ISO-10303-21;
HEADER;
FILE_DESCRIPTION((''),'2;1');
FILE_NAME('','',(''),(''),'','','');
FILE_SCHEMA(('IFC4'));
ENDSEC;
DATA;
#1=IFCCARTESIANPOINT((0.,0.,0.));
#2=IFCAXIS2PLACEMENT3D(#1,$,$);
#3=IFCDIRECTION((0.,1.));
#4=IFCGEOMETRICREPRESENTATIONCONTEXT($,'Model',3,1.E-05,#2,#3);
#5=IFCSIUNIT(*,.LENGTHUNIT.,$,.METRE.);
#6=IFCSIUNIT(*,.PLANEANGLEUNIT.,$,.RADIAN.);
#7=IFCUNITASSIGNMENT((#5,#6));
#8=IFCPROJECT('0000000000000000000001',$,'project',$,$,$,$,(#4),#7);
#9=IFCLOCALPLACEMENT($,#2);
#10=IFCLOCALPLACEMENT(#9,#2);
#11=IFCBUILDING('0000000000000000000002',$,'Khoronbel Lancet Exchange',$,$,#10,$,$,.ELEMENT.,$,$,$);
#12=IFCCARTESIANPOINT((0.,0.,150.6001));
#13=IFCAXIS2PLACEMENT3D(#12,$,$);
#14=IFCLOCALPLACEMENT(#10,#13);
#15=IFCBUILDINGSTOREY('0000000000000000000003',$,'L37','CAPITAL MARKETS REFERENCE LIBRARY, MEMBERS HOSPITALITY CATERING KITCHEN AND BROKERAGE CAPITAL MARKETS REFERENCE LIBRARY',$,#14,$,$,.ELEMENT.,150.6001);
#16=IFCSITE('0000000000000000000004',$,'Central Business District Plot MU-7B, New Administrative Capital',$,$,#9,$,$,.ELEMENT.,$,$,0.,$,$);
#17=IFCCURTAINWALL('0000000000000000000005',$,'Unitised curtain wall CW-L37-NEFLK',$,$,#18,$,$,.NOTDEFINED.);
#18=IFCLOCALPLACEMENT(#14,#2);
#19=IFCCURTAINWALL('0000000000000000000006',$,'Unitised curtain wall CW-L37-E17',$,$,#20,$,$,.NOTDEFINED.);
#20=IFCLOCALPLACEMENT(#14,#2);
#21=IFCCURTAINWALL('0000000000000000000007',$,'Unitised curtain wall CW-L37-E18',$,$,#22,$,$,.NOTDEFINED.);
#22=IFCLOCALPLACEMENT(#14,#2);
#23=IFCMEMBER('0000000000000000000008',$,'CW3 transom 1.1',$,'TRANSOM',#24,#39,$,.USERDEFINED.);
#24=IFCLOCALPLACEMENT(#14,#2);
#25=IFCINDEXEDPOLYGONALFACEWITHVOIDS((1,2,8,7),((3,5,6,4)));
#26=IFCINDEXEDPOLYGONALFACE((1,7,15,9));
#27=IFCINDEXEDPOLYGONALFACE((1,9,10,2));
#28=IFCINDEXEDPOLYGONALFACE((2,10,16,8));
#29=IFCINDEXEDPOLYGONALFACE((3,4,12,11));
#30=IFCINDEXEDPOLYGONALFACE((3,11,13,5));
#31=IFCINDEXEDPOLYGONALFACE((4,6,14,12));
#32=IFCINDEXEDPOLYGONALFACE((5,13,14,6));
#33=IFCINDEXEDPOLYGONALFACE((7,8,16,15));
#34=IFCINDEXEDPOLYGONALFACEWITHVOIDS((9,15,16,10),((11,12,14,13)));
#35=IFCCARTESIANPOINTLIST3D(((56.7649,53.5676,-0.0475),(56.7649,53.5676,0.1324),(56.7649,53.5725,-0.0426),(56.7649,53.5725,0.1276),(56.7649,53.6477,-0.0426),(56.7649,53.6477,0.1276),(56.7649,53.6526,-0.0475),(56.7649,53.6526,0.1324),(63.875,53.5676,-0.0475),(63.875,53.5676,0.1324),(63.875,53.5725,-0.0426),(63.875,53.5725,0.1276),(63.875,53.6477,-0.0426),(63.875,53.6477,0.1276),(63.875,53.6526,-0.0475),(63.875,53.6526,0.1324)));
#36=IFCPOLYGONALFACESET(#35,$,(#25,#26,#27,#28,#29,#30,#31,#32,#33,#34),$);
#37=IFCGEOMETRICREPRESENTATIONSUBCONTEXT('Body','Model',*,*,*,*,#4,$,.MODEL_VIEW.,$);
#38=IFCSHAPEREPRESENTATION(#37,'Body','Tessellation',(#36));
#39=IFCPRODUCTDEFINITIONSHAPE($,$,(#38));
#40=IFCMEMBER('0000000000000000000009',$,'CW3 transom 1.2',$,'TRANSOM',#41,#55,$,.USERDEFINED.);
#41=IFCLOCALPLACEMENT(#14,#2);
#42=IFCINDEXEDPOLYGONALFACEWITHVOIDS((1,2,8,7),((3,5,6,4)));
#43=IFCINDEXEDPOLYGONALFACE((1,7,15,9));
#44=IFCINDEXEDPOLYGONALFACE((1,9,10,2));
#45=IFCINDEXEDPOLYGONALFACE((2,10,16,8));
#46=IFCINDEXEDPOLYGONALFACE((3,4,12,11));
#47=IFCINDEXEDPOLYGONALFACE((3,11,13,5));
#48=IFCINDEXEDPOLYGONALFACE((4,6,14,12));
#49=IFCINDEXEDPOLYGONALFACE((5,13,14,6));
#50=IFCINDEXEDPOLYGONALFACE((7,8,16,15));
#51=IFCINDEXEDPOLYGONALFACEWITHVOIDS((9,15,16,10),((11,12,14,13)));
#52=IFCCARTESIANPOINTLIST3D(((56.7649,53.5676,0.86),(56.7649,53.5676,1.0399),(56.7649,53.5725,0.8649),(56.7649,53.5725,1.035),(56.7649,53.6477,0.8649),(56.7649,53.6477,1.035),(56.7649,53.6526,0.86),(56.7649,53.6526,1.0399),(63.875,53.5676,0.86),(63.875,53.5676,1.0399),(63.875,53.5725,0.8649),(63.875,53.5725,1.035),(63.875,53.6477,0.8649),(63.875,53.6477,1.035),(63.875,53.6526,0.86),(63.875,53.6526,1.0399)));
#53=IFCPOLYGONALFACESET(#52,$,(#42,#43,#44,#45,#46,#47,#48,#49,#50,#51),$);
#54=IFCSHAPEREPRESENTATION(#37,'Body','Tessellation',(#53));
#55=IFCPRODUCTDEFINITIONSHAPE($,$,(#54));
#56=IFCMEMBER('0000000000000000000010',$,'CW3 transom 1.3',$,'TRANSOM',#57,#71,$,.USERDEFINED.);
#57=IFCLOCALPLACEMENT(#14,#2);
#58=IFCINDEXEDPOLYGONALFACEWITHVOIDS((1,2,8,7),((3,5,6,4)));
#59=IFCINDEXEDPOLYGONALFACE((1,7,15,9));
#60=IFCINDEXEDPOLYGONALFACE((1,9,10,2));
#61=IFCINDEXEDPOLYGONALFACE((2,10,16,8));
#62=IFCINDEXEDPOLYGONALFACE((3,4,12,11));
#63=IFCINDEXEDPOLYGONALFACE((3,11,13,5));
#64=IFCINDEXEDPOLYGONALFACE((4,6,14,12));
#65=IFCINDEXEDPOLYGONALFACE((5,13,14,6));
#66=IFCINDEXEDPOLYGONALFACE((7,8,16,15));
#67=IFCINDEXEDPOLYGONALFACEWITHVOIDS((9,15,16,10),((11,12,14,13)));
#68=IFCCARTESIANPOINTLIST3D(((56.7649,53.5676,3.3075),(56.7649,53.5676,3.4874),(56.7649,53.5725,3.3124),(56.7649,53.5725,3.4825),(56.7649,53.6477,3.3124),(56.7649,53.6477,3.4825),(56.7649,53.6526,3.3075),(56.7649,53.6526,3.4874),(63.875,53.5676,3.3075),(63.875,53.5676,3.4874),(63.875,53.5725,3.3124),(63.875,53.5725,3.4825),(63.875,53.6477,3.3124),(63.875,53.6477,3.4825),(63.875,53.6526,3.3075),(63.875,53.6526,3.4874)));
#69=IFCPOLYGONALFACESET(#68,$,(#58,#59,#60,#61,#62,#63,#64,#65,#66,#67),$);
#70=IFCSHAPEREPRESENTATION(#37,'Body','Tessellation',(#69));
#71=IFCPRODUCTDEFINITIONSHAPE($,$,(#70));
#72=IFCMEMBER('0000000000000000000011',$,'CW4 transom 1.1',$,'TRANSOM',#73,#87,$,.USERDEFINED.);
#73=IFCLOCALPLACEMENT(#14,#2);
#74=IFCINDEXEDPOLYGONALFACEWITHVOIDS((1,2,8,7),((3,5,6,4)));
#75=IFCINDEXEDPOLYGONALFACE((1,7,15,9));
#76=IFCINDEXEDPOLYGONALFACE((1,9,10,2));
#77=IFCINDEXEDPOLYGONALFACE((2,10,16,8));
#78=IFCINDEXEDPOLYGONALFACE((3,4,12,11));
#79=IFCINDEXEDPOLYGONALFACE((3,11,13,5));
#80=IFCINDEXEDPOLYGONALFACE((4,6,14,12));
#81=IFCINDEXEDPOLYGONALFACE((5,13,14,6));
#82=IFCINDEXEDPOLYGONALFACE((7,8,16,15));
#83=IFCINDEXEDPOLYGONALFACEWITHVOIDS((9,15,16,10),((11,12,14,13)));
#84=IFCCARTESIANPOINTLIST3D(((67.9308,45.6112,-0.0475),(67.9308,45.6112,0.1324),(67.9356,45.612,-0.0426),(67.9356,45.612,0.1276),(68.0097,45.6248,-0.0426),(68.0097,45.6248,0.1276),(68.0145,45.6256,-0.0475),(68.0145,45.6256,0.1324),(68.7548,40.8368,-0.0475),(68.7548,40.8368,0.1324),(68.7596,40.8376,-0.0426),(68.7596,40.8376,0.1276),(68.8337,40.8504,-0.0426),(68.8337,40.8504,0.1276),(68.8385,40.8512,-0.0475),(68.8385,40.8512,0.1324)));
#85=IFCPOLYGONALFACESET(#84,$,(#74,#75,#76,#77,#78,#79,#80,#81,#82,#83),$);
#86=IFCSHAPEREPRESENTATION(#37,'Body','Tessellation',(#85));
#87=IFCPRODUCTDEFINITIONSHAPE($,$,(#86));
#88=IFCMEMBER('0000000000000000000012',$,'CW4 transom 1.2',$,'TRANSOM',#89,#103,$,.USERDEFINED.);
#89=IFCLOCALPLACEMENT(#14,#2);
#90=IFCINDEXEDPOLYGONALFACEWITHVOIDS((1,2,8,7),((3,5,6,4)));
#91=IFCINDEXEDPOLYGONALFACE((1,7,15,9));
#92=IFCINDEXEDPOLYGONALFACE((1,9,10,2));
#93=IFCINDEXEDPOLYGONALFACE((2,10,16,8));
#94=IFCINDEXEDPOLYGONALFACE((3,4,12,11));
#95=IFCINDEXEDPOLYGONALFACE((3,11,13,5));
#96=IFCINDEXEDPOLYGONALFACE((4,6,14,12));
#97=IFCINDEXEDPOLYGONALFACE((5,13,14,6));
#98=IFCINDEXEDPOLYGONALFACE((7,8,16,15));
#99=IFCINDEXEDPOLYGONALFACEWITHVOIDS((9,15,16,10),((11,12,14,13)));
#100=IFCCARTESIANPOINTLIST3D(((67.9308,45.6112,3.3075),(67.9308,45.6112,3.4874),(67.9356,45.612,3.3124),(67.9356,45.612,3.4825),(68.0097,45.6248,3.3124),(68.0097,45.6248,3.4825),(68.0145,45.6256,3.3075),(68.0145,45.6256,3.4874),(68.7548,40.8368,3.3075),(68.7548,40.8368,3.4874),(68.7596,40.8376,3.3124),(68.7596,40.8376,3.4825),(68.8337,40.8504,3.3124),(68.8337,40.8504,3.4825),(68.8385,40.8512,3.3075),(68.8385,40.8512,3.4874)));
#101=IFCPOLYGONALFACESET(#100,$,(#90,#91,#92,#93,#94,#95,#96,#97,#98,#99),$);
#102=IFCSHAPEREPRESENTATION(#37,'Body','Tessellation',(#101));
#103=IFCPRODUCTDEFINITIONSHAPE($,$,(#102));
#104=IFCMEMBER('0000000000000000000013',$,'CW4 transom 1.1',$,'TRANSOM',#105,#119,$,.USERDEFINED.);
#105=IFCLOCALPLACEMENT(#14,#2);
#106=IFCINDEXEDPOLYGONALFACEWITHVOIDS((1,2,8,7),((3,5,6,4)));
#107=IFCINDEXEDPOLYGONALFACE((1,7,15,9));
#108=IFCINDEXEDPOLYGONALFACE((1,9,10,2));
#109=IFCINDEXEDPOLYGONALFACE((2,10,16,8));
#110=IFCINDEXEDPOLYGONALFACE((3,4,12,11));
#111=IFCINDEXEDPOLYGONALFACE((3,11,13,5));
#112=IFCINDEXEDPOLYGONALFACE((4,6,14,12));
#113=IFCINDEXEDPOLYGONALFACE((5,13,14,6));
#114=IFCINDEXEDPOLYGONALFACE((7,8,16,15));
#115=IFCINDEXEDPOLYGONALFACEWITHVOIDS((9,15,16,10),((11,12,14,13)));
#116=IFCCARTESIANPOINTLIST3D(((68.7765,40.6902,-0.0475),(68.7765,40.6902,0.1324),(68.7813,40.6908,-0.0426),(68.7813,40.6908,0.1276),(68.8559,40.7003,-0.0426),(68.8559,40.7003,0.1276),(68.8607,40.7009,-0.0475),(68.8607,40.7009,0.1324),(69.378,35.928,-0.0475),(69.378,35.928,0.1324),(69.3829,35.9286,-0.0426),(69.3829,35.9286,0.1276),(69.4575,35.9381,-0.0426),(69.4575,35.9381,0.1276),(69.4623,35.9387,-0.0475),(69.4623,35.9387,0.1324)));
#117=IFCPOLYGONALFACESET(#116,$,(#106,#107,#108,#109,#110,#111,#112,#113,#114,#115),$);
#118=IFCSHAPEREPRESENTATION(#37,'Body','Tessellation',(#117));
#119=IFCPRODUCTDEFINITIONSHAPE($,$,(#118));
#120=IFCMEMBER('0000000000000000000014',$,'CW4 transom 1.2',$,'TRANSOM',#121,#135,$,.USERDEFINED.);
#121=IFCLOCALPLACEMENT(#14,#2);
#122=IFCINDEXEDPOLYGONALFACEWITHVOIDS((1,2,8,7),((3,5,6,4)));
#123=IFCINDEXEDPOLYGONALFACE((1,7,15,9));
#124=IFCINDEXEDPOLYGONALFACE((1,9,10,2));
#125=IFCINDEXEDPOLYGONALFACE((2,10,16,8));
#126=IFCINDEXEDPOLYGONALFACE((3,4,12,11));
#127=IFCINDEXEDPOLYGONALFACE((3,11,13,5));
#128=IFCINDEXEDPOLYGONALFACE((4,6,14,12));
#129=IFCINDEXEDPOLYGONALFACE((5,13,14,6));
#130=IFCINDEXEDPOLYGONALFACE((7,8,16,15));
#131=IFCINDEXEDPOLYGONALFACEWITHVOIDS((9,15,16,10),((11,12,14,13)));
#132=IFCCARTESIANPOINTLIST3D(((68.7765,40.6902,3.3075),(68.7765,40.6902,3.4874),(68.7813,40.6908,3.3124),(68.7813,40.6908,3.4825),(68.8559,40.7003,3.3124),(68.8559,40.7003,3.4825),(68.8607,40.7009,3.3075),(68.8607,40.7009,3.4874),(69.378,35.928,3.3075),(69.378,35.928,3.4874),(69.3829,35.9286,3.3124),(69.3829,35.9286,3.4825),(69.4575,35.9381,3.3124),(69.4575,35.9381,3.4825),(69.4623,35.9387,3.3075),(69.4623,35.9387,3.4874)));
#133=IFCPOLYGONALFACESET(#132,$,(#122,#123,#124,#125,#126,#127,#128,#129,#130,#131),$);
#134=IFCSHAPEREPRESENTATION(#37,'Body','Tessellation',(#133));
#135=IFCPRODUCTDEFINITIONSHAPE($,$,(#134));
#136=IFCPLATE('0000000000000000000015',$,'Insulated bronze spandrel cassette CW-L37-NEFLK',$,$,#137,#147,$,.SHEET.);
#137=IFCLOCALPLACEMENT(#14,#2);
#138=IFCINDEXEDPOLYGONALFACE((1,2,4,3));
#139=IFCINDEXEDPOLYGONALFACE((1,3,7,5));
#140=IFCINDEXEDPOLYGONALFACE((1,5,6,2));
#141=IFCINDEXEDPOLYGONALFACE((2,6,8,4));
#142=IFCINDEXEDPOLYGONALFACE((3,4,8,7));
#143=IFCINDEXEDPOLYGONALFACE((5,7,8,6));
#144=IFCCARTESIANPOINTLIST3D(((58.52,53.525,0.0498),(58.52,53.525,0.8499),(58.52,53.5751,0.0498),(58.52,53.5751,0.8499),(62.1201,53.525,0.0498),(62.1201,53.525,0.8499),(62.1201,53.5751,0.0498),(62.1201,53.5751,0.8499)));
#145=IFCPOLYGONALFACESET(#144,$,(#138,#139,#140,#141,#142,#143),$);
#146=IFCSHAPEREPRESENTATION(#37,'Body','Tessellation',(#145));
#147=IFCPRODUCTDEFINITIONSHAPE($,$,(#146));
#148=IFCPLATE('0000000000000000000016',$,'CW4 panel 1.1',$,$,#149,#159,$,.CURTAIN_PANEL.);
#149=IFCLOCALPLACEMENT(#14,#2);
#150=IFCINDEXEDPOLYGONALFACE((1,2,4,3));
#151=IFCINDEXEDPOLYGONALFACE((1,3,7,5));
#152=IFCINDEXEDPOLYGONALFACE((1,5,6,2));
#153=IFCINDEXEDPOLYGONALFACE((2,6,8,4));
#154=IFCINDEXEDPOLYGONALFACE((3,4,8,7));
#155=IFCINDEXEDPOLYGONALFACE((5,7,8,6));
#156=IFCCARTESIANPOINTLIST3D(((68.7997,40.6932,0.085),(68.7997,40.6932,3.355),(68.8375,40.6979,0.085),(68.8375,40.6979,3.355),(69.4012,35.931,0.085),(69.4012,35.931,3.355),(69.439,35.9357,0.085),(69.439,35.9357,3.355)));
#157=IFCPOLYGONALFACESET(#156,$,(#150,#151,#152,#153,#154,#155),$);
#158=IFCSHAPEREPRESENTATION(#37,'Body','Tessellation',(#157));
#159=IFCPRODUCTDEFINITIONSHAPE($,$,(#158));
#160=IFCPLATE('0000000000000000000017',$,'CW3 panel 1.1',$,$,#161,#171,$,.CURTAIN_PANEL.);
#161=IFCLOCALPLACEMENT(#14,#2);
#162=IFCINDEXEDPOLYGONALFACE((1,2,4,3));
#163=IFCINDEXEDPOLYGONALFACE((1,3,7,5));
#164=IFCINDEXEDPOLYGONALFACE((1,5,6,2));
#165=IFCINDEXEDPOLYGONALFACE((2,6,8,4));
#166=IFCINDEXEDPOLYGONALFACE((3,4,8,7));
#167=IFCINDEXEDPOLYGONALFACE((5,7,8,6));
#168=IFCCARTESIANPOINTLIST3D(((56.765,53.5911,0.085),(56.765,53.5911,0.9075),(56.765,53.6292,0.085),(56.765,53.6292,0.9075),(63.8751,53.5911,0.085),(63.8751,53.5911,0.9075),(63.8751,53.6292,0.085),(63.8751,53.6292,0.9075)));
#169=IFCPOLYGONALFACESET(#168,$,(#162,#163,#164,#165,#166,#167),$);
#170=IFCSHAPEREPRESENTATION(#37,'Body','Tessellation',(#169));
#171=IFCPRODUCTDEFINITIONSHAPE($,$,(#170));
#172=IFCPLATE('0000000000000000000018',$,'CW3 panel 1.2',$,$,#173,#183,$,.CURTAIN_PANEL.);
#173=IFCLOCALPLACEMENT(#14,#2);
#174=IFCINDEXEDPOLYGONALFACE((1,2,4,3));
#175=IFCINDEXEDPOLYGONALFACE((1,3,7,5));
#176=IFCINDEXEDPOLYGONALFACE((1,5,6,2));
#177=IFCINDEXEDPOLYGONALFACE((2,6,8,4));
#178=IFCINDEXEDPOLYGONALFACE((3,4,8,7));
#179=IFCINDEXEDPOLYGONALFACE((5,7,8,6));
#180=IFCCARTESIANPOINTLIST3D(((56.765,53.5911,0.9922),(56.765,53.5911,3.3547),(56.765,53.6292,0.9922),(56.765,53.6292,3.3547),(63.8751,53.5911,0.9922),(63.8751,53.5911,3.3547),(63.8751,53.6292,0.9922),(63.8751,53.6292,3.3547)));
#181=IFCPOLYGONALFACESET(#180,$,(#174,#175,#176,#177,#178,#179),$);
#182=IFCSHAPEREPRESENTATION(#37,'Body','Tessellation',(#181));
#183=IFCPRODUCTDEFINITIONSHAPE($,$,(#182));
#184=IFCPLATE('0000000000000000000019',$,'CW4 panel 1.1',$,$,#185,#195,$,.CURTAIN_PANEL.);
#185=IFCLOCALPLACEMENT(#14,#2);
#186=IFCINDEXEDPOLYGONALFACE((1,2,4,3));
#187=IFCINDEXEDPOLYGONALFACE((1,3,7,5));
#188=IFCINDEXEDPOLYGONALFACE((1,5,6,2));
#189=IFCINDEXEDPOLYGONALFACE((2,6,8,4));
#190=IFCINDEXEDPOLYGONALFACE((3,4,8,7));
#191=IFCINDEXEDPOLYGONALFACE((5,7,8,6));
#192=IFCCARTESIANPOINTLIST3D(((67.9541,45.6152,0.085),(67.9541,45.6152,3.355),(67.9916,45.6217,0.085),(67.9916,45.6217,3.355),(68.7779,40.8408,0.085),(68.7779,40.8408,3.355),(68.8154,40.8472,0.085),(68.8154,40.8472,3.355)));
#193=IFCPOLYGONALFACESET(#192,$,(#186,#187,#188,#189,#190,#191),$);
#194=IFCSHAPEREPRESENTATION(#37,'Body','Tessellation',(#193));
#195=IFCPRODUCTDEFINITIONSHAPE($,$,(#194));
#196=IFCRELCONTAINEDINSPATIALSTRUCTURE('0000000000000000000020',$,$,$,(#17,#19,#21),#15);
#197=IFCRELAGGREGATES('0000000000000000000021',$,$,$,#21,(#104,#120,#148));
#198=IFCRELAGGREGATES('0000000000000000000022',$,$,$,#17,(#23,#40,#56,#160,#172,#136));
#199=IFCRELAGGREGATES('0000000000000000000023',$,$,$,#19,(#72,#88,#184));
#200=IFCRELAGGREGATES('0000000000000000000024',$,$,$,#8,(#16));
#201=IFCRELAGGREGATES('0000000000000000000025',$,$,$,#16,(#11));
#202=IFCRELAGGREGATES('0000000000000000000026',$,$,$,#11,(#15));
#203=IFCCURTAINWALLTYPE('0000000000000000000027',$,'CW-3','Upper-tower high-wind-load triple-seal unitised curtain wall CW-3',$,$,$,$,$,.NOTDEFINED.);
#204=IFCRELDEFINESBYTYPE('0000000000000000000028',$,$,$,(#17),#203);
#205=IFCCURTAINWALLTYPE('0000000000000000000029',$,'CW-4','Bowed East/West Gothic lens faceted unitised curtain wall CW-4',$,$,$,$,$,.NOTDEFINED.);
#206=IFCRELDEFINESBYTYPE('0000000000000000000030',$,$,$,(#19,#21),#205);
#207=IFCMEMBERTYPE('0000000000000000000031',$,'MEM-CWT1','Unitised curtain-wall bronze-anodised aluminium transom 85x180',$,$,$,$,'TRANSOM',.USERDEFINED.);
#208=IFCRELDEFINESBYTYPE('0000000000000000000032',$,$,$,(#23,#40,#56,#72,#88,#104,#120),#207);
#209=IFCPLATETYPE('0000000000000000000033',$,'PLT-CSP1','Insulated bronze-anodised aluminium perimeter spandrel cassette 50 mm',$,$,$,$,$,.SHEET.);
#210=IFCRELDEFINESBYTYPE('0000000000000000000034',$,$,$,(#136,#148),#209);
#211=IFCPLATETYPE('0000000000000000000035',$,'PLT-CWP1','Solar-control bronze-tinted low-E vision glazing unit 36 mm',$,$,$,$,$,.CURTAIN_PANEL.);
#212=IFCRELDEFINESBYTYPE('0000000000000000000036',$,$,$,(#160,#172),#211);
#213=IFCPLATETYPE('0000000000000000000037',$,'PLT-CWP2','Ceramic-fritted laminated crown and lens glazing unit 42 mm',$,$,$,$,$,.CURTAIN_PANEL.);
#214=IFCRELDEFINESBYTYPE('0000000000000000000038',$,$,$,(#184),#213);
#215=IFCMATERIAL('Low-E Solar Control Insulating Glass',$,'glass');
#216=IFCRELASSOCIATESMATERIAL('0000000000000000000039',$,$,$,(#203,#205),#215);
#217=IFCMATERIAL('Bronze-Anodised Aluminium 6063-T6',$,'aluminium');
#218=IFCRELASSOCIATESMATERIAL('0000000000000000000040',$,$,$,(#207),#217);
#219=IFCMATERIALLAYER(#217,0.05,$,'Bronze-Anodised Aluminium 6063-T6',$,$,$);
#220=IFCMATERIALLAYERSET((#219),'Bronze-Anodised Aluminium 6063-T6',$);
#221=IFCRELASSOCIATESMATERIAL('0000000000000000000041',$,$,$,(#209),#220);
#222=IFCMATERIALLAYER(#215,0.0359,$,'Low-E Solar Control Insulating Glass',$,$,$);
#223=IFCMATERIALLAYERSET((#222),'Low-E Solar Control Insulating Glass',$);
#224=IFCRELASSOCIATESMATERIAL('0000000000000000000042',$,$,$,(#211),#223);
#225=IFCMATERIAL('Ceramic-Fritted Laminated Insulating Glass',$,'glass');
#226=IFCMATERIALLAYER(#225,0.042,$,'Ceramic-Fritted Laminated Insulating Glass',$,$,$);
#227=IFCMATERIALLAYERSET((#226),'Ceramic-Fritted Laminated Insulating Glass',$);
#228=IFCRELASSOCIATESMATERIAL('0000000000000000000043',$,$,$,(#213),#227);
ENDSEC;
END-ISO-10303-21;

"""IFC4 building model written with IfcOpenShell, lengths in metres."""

from ifc_helpers import new_model, si_unit, direction, frame, origin, origin_2d, place, context, subcontext, project, spatial, rectangle, hollow_rectangle, extrude, material, layer, layer_set, material_profile, profile_set, type_object, element, aggregate, save


model = new_model("IFC4")

# Units and contexts
model_context = context("Model", 3, precision=1e-05, world=origin(), true_north=direction((0.0, 1.0)))
body_context = subcontext(model_context, "Body", "Model", "MODEL_VIEW")
ifc_project = project(units=[si_unit("LENGTHUNIT", "METRE"), si_unit("PLANEANGLEUNIT", "RADIAN")], contexts=[model_context])

# Site, building, storey
site_placement = place(None, origin())
site = spatial("IfcSite", under=ifc_project, at=site_placement, Name="Central Business District Plot MU-7B, New Administrative Capital", CompositionType="ELEMENT", RefElevation=0.0)
building_placement = place(site_placement, origin())
building = spatial("IfcBuilding", under=site, at=building_placement, Name="Khoronbel Lancet Exchange", CompositionType="ELEMENT")
storey_placement = place(building_placement, frame((0.0, 0.0, 150.6001)))
storey = spatial("IfcBuildingStorey", under=building, at=storey_placement, Name="L37", Description="CAPITAL MARKETS REFERENCE LIBRARY, MEMBERS HOSPITALITY CATERING KITCHEN AND BROKERAGE CAPITAL MARKETS REFERENCE LIBRARY", CompositionType="ELEMENT", Elevation=150.6001)

# Curtain walls
ifc_material_1 = material(Name="Low-E Solar Control Insulating Glass", Category="glass")
curtain_wall_type_1 = type_object("IfcCurtainWallType", Name="CW-3", Description="Upper-tower high-wind-load triple-seal unitised curtain wall CW-3", PredefinedType="NOTDEFINED", material=ifc_material_1)
curtain_wall_1_placement = place(storey_placement, origin())
curtain_wall_1 = element("IfcCurtainWall", 1, at=curtain_wall_1_placement, inside=storey, type_object=curtain_wall_type_1, Name="Unitised curtain wall CW-L37-NEFLK", PredefinedType="NOTDEFINED")
ifc_material_2 = material(Name="Bronze-Anodised Aluminium 6063-T6", Category="aluminium")
curtain_wall_type_2 = type_object("IfcCurtainWallType", Name="CW-4", Description="Bowed East/West Gothic lens faceted unitised curtain wall CW-4", PredefinedType="NOTDEFINED", material=ifc_material_1)
curtain_wall_2_placement = place(storey_placement, origin())
curtain_wall_2 = element("IfcCurtainWall", 2, at=curtain_wall_2_placement, inside=storey, type_object=curtain_wall_type_2, Name="Unitised curtain wall CW-L37-E17", PredefinedType="NOTDEFINED")

# Curtain wall
curtain_wall_3_placement = place(storey_placement, origin())
curtain_wall_3 = element("IfcCurtainWall", 3, at=curtain_wall_3_placement, inside=storey, type_object=curtain_wall_type_2, Name="Unitised curtain wall CW-L37-E18", PredefinedType="NOTDEFINED")

# Members
ifc_material_profile_1 = material_profile(ifc_material_2, hollow_rectangle(XDim=0.085, YDim=0.1799, WallThickness=0.0049, at=origin_2d()), Name="ALU TRANSOM 85x180")
ifc_profile_set_1 = profile_set([ifc_material_profile_1], Name="Bronze-Anodised Aluminium 6063-T6")
member_type_1 = type_object("IfcMemberType", Name="MEM-CWT1", Description="Unitised curtain-wall bronze-anodised aluminium transom 85x180", ElementType="TRANSOM", PredefinedType="USERDEFINED", material=ifc_profile_set_1)
member_1_placement = place(storey_placement, frame((63.875, 53.6101, 0.0425), z_axis=(-1.0, 0.0, 0.0), x_axis=(0.0, -1.0, 0.0)))
member_1 = element("IfcMember", 4, at=member_1_placement, type_object=member_type_1, Name="CW3 transom 1.1", ObjectType="TRANSOM", PredefinedType="USERDEFINED", context=body_context, shape_type="SweptSolid", body=[
    extrude(hollow_rectangle(XDim=0.085, YDim=0.1799, WallThickness=0.0049, at=origin_2d()), origin(), (0.0, 0.0, 1.0), 7.1101),
])
member_2_placement = place(storey_placement, frame((63.875, 53.6101, 0.95), z_axis=(-1.0, 0.0, 0.0), x_axis=(0.0, -1.0, 0.0)))
member_2 = element("IfcMember", 5, at=member_2_placement, type_object=member_type_1, Name="CW3 transom 1.2", ObjectType="TRANSOM", PredefinedType="USERDEFINED", context=body_context, shape_type="SweptSolid", body=[
    extrude(hollow_rectangle(XDim=0.085, YDim=0.1799, WallThickness=0.0049, at=origin_2d()), origin(), (0.0, 0.0, 1.0), 7.1101),
])
member_3_placement = place(storey_placement, frame((63.875, 53.6101, 3.3975), z_axis=(-1.0, 0.0, 0.0), x_axis=(0.0, -1.0, 0.0)))
member_3 = element("IfcMember", 6, at=member_3_placement, type_object=member_type_1, Name="CW3 transom 1.3", ObjectType="TRANSOM", PredefinedType="USERDEFINED", context=body_context, shape_type="SweptSolid", body=[
    extrude(hollow_rectangle(XDim=0.085, YDim=0.1799, WallThickness=0.0049, at=origin_2d()), origin(), (0.0, 0.0, 1.0), 7.1101),
])
member_4_placement = place(storey_placement, frame((67.9727, 45.6184, 0.0425), z_axis=(0.170067, -0.985432, 0.0), x_axis=(0.985432, 0.170067, 0.0)))
member_4 = element("IfcMember", 7, at=member_4_placement, type_object=member_type_1, Name="CW4 transom 1.1", ObjectType="TRANSOM", PredefinedType="USERDEFINED", context=body_context, shape_type="SweptSolid", body=[
    extrude(hollow_rectangle(XDim=0.085, YDim=0.1799, WallThickness=0.0049, at=origin_2d()), origin(), (0.0, 0.0, 1.0), 4.845),
])
member_5_placement = place(storey_placement, frame((67.9727, 45.6184, 3.3975), z_axis=(0.170067, -0.985432, 0.0), x_axis=(0.985432, 0.170067, 0.0)))
member_5 = element("IfcMember", 8, at=member_5_placement, type_object=member_type_1, Name="CW4 transom 1.2", ObjectType="TRANSOM", PredefinedType="USERDEFINED", context=body_context, shape_type="SweptSolid", body=[
    extrude(hollow_rectangle(XDim=0.085, YDim=0.1799, WallThickness=0.0049, at=origin_2d()), origin(), (0.0, 0.0, 1.0), 4.845),
])
member_6_placement = place(storey_placement, frame((68.8186, 40.6956, 0.0425), z_axis=(0.125324, -0.992116, 0.0), x_axis=(0.992116, 0.125324, 0.0)))
member_6 = element("IfcMember", 9, at=member_6_placement, type_object=member_type_1, Name="CW4 transom 1.1", ObjectType="TRANSOM", PredefinedType="USERDEFINED", context=body_context, shape_type="SweptSolid", body=[
    extrude(hollow_rectangle(XDim=0.085, YDim=0.1799, WallThickness=0.0049, at=origin_2d()), origin(), (0.0, 0.0, 1.0), 4.8),
])
member_7_placement = place(storey_placement, frame((68.8186, 40.6956, 3.3975), z_axis=(0.125324, -0.992116, 0.0), x_axis=(0.992116, 0.125324, 0.0)))
member_7 = element("IfcMember", 10, at=member_7_placement, type_object=member_type_1, Name="CW4 transom 1.2", ObjectType="TRANSOM", PredefinedType="USERDEFINED", context=body_context, shape_type="SweptSolid", body=[
    extrude(hollow_rectangle(XDim=0.085, YDim=0.1799, WallThickness=0.0049, at=origin_2d()), origin(), (0.0, 0.0, 1.0), 4.8),
])

# Plates
ifc_layer_1 = layer(ifc_material_2, 0.05, Name="Bronze-Anodised Aluminium 6063-T6")
ifc_layer_set_1 = layer_set([ifc_layer_1], Name="Bronze-Anodised Aluminium 6063-T6")
plate_type_1 = type_object("IfcPlateType", Name="PLT-CSP1", Description="Insulated bronze-anodised aluminium perimeter spandrel cassette 50 mm", PredefinedType="SHEET", material=ifc_layer_set_1)
plate_1_placement = place(storey_placement, frame((60.3201, 53.55, 0.0498), z_axis=(0.0, 0.0, 1.0), x_axis=(-1.0, 0.0, 0.0)))
plate_1 = element("IfcPlate", 11, at=plate_1_placement, type_object=plate_type_1, Name="Insulated bronze spandrel cassette CW-L37-NEFLK", PredefinedType="SHEET", context=body_context, shape_type="SweptSolid", body=[
    extrude(rectangle(XDim=3.6001, YDim=0.05, at=origin_2d()), origin(), (0.0, 0.0, 1.0), 0.8),
])
plate_2_placement = place(storey_placement, frame((69.1194, 38.3145, 0.085), z_axis=(0.0, 0.0, 1.0), x_axis=(0.125313, -0.992117, 0.0)))
plate_2 = element("IfcPlate", 12, at=plate_2_placement, type_object=plate_type_1, Name="CW4 panel 1.1", PredefinedType="CURTAIN_PANEL", context=body_context, shape_type="SweptSolid", body=[
    extrude(rectangle(XDim=4.8, YDim=0.0381, at=origin_2d()), origin(), (0.0, 0.0, 1.0), 3.27),
])
aggregate(curtain_wall_3, [member_6, member_7, plate_2])
ifc_layer_2 = layer(ifc_material_1, 0.0359, Name="Low-E Solar Control Insulating Glass")
ifc_layer_set_2 = layer_set([ifc_layer_2], Name="Low-E Solar Control Insulating Glass")
plate_type_2 = type_object("IfcPlateType", Name="PLT-CWP1", Description="Solar-control bronze-tinted low-E vision glazing unit 36 mm", PredefinedType="CURTAIN_PANEL", material=ifc_layer_set_2)
plate_3_placement = place(storey_placement, frame((60.3201, 53.6101, 0.085), z_axis=(0.0, 0.0, 1.0), x_axis=(-1.0, 0.0, 0.0)))
plate_3 = element("IfcPlate", 13, at=plate_3_placement, type_object=plate_type_2, Name="CW3 panel 1.1", PredefinedType="CURTAIN_PANEL", context=body_context, shape_type="SweptSolid", body=[
    extrude(rectangle(XDim=7.1101, YDim=0.0381, at=origin_2d()), origin(), (0.0, 0.0, 1.0), 0.8225),
])
plate_4_placement = place(storey_placement, frame((60.3201, 53.6101, 0.9922), z_axis=(0.0, 0.0, 1.0), x_axis=(-1.0, 0.0, 0.0)))
plate_4 = element("IfcPlate", 14, at=plate_4_placement, type_object=plate_type_2, Name="CW3 panel 1.2", PredefinedType="CURTAIN_PANEL", context=body_context, shape_type="SweptSolid", body=[
    extrude(rectangle(XDim=7.1101, YDim=0.0381, at=origin_2d()), origin(), (0.0, 0.0, 1.0), 2.3625),
])
aggregate(curtain_wall_1, [member_1, member_2, member_3, plate_3, plate_4, plate_1])
ifc_material_3 = material(Name="Ceramic-Fritted Laminated Insulating Glass", Category="glass")
ifc_layer_3 = layer(ifc_material_3, 0.042, Name="Ceramic-Fritted Laminated Insulating Glass")
ifc_layer_set_3 = layer_set([ifc_layer_3], Name="Ceramic-Fritted Laminated Insulating Glass")
plate_type_3 = type_object("IfcPlateType", Name="PLT-CWP2", Description="Ceramic-fritted laminated crown and lens glazing unit 42 mm", PredefinedType="CURTAIN_PANEL", material=ifc_layer_set_3)
plate_5_placement = place(storey_placement, frame((68.3848, 43.2312, 0.085), z_axis=(0.0, 0.0, 1.0), x_axis=(0.170029, -0.985439, 0.0)))
plate_5 = element("IfcPlate", 15, at=plate_5_placement, type_object=plate_type_3, Name="CW4 panel 1.1", PredefinedType="CURTAIN_PANEL", context=body_context, shape_type="SweptSolid", body=[
    extrude(rectangle(XDim=4.845, YDim=0.0381, at=origin_2d()), origin(), (0.0, 0.0, 1.0), 3.27),
])
aggregate(curtain_wall_2, [member_4, member_5, plate_5])

save(model, "model.ifc")
